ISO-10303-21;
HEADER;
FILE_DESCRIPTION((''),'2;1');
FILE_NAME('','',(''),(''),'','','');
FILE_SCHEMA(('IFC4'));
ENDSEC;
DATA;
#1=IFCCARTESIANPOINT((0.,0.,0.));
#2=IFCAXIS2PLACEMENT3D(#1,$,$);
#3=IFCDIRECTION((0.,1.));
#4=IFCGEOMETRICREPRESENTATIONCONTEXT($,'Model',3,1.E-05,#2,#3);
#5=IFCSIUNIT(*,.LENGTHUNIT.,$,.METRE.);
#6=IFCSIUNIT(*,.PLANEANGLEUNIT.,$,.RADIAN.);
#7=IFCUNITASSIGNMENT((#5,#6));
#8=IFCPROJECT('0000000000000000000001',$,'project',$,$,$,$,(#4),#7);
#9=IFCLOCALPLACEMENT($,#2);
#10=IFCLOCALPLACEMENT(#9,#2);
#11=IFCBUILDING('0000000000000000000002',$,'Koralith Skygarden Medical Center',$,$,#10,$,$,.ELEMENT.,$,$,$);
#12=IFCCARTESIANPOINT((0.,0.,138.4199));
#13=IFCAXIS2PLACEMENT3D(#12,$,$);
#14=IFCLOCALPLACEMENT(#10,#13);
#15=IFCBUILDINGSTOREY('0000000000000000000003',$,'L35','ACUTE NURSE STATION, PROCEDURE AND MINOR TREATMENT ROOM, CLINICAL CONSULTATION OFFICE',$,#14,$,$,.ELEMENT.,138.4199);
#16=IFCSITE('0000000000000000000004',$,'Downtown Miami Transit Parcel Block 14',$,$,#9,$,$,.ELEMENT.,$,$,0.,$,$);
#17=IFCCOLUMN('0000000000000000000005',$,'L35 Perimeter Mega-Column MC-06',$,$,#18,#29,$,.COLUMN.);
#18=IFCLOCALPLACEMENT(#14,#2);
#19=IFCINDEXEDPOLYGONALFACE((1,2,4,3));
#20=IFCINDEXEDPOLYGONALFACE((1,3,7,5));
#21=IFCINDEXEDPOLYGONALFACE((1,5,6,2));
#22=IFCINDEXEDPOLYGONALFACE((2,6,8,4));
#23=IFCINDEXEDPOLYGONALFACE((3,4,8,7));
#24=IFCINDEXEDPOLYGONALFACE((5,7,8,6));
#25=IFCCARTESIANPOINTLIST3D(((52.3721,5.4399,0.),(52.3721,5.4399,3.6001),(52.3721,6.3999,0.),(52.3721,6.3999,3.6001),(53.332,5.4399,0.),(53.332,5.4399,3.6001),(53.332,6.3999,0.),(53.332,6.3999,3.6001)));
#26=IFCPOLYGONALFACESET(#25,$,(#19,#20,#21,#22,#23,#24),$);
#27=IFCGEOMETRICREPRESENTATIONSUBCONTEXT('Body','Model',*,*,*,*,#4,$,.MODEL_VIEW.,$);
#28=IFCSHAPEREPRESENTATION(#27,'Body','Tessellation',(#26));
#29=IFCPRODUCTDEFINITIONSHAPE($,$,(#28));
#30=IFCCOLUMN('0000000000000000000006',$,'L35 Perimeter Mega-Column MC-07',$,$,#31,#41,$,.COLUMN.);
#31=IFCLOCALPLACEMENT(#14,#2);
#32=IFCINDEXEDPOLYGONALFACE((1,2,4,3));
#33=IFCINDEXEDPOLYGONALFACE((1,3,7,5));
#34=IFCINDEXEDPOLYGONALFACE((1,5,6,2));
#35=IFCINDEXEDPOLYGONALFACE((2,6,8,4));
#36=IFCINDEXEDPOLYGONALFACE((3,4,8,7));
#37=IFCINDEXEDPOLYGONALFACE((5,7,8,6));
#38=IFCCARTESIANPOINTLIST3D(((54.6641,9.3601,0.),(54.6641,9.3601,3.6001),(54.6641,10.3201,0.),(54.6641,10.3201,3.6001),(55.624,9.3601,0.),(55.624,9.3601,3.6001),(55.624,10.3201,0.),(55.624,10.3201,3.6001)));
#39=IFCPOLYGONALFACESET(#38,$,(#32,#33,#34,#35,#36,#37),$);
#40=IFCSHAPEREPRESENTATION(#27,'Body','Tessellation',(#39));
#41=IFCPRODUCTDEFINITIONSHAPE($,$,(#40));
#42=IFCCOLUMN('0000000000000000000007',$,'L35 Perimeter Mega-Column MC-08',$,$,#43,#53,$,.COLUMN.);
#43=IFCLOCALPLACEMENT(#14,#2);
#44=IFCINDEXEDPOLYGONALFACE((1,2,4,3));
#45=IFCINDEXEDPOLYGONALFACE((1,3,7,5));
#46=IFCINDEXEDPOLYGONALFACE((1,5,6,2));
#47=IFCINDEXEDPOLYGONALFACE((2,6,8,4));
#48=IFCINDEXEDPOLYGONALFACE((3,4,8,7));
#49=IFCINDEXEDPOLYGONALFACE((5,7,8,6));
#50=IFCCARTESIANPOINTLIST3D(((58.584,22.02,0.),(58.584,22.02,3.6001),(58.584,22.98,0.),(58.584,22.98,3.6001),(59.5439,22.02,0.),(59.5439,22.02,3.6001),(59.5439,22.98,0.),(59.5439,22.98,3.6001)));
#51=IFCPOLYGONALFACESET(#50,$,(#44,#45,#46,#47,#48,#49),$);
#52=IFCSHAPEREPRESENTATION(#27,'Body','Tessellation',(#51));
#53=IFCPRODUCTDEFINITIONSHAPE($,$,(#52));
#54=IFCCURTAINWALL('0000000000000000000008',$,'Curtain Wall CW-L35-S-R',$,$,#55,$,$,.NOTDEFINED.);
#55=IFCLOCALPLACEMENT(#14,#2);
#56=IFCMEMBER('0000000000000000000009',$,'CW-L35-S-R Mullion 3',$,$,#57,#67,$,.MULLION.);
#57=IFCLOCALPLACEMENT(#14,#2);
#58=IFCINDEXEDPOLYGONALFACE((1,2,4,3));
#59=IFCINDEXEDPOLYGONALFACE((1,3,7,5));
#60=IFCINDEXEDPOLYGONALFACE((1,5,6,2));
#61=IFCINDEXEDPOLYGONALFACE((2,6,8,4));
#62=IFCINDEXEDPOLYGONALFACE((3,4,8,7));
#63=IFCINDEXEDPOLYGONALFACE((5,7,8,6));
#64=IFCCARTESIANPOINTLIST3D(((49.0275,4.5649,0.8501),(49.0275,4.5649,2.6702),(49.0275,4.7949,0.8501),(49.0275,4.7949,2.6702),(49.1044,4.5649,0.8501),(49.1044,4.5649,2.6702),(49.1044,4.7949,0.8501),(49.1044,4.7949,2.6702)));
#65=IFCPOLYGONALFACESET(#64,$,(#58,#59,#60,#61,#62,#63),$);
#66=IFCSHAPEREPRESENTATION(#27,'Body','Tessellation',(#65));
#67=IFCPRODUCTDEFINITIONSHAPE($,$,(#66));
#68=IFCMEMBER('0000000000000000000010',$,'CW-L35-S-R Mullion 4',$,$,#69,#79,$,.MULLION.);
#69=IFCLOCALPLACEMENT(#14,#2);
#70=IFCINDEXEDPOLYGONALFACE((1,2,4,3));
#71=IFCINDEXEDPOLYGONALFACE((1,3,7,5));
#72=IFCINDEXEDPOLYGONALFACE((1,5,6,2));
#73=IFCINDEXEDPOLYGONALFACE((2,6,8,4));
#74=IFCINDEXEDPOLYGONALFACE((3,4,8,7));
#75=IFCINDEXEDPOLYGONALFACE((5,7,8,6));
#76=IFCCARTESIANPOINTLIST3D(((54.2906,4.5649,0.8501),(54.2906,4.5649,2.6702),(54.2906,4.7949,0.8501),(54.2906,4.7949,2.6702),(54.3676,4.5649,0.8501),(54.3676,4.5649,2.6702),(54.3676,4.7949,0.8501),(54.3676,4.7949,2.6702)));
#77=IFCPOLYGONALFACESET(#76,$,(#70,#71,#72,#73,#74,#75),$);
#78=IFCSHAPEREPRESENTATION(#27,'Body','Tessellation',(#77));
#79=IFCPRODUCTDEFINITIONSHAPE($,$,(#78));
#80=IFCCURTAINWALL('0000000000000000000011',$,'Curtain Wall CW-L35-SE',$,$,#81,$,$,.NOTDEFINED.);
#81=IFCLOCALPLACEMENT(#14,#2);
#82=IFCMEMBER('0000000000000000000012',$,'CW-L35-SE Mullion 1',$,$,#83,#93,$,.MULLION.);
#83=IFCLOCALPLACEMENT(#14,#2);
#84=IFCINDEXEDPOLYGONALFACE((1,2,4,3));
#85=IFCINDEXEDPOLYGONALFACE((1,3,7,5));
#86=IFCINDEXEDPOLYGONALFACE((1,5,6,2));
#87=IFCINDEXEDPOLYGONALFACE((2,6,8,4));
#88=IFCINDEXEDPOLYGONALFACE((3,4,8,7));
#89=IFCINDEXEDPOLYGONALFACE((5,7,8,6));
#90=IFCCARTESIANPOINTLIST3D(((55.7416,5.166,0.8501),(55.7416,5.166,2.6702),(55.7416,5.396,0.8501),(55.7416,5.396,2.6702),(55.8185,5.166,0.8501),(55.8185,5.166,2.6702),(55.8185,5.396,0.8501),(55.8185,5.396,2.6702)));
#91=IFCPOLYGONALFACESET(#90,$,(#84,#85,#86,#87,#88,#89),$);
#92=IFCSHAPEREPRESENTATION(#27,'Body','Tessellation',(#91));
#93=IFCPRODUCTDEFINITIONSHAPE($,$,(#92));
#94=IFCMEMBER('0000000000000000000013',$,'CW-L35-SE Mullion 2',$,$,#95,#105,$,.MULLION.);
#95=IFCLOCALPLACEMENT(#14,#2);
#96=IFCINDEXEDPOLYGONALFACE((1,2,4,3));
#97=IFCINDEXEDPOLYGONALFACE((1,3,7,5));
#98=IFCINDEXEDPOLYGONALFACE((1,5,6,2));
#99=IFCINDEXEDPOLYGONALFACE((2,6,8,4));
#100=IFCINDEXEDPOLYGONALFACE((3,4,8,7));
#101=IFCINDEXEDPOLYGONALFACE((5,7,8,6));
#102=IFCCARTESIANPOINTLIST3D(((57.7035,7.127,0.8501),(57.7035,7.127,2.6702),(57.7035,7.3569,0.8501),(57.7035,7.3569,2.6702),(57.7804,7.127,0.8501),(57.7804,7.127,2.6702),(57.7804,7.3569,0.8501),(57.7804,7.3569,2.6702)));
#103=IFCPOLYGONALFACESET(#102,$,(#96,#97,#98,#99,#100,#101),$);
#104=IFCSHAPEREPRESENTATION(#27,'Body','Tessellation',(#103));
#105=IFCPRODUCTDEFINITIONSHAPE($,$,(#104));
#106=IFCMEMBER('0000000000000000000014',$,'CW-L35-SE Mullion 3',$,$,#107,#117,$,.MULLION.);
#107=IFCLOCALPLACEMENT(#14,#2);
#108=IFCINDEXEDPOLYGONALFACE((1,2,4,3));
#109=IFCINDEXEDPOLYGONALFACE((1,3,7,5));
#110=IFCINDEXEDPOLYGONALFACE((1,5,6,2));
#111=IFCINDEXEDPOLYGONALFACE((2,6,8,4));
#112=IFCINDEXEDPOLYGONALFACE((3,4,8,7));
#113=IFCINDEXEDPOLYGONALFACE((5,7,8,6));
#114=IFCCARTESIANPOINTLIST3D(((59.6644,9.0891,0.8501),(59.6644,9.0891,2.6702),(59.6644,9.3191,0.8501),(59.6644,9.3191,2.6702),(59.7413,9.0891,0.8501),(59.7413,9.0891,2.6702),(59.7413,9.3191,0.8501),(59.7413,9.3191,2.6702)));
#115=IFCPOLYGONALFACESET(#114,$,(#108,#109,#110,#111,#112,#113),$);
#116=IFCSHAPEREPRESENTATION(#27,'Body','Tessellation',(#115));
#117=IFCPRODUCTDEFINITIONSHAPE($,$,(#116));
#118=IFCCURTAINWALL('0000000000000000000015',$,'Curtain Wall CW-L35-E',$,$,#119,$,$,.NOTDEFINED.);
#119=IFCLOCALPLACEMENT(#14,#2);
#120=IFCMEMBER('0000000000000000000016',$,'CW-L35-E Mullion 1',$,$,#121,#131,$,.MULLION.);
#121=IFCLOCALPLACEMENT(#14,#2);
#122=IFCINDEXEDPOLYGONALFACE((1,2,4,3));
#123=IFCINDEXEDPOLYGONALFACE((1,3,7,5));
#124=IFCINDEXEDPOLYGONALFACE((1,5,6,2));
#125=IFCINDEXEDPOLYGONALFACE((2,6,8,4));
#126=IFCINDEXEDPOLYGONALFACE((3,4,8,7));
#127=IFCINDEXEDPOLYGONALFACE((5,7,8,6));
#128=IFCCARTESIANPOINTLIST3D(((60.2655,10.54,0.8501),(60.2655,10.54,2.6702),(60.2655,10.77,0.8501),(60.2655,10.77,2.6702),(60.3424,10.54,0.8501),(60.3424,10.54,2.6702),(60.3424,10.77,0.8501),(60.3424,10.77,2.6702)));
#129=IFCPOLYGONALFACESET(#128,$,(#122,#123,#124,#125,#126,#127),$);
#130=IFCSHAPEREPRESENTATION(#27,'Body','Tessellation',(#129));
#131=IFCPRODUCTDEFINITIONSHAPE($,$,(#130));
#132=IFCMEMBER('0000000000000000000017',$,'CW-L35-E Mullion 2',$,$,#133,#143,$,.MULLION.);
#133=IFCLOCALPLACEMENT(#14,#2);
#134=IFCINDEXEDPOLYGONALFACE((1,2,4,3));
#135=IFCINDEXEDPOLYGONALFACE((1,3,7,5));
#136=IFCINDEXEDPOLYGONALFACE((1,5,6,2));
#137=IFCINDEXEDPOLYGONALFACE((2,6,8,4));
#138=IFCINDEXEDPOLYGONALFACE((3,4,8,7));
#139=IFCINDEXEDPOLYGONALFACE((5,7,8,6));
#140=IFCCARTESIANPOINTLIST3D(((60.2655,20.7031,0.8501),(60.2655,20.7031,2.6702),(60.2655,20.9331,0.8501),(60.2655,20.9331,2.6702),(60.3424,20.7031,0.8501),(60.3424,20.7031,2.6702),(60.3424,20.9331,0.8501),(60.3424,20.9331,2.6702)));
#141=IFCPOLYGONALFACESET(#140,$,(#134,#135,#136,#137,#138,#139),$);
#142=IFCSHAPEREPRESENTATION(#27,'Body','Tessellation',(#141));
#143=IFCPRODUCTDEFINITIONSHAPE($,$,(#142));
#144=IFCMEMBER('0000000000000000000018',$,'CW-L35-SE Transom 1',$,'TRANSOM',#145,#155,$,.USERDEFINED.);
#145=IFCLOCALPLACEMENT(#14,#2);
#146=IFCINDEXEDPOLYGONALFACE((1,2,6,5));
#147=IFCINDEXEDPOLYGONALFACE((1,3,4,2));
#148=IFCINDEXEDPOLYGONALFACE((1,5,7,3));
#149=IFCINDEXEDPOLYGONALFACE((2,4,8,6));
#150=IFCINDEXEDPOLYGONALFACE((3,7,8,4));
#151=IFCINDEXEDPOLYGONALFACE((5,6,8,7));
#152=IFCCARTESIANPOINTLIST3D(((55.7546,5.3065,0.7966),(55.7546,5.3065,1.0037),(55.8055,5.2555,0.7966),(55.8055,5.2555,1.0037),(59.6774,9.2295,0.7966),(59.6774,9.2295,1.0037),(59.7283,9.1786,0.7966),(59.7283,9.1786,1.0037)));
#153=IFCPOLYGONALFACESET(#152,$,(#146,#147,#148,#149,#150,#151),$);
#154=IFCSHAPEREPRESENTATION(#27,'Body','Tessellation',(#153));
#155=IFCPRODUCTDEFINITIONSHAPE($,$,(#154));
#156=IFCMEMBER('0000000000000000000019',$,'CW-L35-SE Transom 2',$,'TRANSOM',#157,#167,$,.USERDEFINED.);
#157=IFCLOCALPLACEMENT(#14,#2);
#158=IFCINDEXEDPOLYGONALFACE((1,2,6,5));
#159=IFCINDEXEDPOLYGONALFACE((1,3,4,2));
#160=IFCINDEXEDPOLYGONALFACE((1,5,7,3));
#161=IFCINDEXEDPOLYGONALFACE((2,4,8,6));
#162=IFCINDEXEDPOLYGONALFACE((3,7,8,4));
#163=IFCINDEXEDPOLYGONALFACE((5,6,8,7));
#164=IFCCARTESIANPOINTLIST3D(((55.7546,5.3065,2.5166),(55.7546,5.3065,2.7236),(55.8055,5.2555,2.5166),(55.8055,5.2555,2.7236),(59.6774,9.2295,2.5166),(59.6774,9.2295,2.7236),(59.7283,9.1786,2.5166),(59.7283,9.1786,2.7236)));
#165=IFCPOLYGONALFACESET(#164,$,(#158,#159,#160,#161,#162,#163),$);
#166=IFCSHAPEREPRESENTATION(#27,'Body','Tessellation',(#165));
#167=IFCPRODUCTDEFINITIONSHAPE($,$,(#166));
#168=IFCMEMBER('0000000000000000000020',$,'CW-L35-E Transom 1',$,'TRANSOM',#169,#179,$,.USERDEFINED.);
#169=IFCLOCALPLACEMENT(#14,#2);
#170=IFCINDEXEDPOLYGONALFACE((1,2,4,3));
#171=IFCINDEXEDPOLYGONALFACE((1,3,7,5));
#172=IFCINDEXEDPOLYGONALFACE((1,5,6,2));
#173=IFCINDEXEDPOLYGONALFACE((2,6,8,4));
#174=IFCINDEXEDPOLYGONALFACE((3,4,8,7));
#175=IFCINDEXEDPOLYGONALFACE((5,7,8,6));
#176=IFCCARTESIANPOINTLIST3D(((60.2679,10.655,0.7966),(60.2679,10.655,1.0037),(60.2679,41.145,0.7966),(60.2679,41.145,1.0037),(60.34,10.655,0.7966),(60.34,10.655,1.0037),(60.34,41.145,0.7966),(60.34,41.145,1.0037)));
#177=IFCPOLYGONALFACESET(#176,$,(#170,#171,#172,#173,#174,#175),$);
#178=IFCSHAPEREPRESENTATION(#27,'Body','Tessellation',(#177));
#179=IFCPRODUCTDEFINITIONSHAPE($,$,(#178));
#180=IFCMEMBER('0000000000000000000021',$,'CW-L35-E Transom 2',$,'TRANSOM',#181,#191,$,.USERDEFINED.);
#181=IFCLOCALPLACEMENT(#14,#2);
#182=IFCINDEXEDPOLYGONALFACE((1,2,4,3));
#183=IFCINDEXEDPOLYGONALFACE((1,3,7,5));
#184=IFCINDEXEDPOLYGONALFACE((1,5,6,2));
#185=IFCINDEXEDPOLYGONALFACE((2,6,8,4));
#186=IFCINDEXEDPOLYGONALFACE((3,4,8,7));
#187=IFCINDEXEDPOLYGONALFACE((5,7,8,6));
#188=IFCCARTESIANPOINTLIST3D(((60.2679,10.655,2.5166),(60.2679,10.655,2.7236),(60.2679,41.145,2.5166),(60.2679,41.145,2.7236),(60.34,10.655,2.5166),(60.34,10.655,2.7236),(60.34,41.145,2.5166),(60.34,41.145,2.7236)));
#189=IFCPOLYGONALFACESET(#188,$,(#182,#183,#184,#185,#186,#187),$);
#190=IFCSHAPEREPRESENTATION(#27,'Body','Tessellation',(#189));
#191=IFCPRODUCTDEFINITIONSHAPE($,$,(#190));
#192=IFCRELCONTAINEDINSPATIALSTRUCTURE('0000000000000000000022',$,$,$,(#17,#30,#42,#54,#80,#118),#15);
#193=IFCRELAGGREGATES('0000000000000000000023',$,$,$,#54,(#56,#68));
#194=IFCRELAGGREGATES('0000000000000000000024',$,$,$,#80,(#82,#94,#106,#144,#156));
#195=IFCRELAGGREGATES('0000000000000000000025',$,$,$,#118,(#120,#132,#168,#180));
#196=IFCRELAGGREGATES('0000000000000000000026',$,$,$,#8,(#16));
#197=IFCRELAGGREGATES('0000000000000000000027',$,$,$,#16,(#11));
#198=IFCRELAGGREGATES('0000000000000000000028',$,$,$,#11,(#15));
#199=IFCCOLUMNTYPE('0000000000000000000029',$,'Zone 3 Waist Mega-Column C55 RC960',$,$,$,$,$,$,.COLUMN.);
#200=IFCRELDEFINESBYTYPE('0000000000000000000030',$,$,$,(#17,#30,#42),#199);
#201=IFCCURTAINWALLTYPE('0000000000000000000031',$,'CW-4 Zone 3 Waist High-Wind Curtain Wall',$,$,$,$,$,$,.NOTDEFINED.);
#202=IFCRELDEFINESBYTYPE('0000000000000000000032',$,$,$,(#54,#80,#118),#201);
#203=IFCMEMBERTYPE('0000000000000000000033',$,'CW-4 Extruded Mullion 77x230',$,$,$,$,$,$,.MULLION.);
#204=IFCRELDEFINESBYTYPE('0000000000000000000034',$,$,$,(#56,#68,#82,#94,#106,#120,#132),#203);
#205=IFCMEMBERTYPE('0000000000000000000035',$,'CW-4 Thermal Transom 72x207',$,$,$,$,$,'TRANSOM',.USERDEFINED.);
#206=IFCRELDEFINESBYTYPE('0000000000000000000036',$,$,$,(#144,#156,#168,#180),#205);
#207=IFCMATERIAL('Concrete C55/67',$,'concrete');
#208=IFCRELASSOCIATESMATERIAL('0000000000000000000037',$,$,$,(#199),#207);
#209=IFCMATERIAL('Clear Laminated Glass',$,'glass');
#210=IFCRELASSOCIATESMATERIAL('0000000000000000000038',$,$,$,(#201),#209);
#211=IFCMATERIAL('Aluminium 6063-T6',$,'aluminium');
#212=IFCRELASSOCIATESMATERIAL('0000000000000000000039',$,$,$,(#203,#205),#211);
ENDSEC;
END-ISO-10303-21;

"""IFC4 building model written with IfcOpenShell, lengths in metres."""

from ifc_helpers import new_model, si_unit, direction, frame, origin, origin_2d, place, context, subcontext, project, spatial, rectangle, extrude, material, material_profile, profile_set, type_object, element, aggregate, save


model = new_model("IFC4")

# Units and contexts
model_context = context("Model", 3, precision=1e-05, world=origin(), true_north=direction((0.0, 1.0)))
body_context = subcontext(model_context, "Body", "Model", "MODEL_VIEW")
ifc_project = project(units=[si_unit("LENGTHUNIT", "METRE"), si_unit("PLANEANGLEUNIT", "RADIAN")], contexts=[model_context])

# Site, building, storey
site_placement = place(None, origin())
site = spatial("IfcSite", under=ifc_project, at=site_placement, Name="Downtown Miami Transit Parcel Block 14", CompositionType="ELEMENT", RefElevation=0.0)
building_placement = place(site_placement, origin())
building = spatial("IfcBuilding", under=site, at=building_placement, Name="Koralith Skygarden Medical Center", CompositionType="ELEMENT")
storey_placement = place(building_placement, frame((0.0, 0.0, 138.4199)))
storey = spatial("IfcBuildingStorey", under=building, at=storey_placement, Name="L35", Description="ACUTE NURSE STATION, PROCEDURE AND MINOR TREATMENT ROOM, CLINICAL CONSULTATION OFFICE", CompositionType="ELEMENT", Elevation=138.4199)

# Columns
ifc_material_1 = material(Name="Concrete C55/67", Category="concrete")
ifc_material_profile_1 = material_profile(ifc_material_1, rectangle(XDim=0.96, YDim=0.96, at=origin_2d()), Name="RC960X960")
ifc_profile_set_1 = profile_set([ifc_material_profile_1], Name="Concrete C55/67")
column_type = type_object("IfcColumnType", Name="Zone 3 Waist Mega-Column C55 RC960", PredefinedType="COLUMN", material=ifc_profile_set_1)
for number, where, z_axis, x_axis, name in (
    (1, (52.8521, 5.9199, 0.0), (0.0, 0.0, 1.0), (1.0, 0.0, 0.0), "L35 Perimeter Mega-Column MC-06"),
    (2, (55.144, 9.8401, 0.0), (0.0, 0.0, 1.0), (1.0, 0.0, 0.0), "L35 Perimeter Mega-Column MC-07"),
    (3, (59.064, 22.5, 0.0), (0.0, 0.0, 1.0), (1.0, 0.0, 0.0), "L35 Perimeter Mega-Column MC-08"),
):
    element("IfcColumn", number, at=place(storey_placement, frame(where, z_axis=z_axis, x_axis=x_axis)), inside=storey, type_object=column_type, Name=name, PredefinedType="COLUMN", context=body_context, shape_type="SweptSolid", body=[
        extrude(rectangle(XDim=0.96, YDim=0.96, at=origin_2d()), origin(), (0.0, 0.0, 1.0), 3.6001),
    ])

# Curtain walls, members
ifc_material_2 = material(Name="Clear Laminated Glass", Category="glass")
curtain_wall_type = type_object("IfcCurtainWallType", Name="CW-4 Zone 3 Waist High-Wind Curtain Wall", PredefinedType="NOTDEFINED", material=ifc_material_2)
curtain_wall_1_placement = place(storey_placement, origin())
curtain_wall_1 = element("IfcCurtainWall", 4, at=curtain_wall_1_placement, inside=storey, type_object=curtain_wall_type, Name="Curtain Wall CW-L35-S-R", PredefinedType="NOTDEFINED")
ifc_material_3 = material(Name="Aluminium 6063-T6", Category="aluminium")
ifc_material_profile_2 = material_profile(ifc_material_3, rectangle(XDim=0.0769, YDim=0.23, at=origin_2d()), Name="MUL77X230")
ifc_profile_set_2 = profile_set([ifc_material_profile_2], Name="Aluminium 6063-T6")
member_type_1 = type_object("IfcMemberType", Name="CW-4 Extruded Mullion 77x230", PredefinedType="MULLION", material=ifc_profile_set_2)
member_1_placement = place(storey_placement, frame((49.0659, 4.6799, 0.8501), z_axis=(0.0, 0.0, 1.0), x_axis=(1.0, 0.0, 0.0)))
member_1 = element("IfcMember", 5, at=member_1_placement, type_object=member_type_1, Name="CW-L35-S-R Mullion 3", PredefinedType="MULLION", context=body_context, shape_type="SweptSolid", body=[
    extrude(rectangle(XDim=0.0769, YDim=0.23, at=origin_2d()), origin(), (0.0, 0.0, 1.0), 1.8201),
])
member_2_placement = place(storey_placement, frame((54.3291, 4.6799, 0.8501), z_axis=(0.0, 0.0, 1.0), x_axis=(1.0, 0.0, 0.0)))
member_2 = element("IfcMember", 6, at=member_2_placement, type_object=member_type_1, Name="CW-L35-S-R Mullion 4", PredefinedType="MULLION", context=body_context, shape_type="SweptSolid", body=[
    extrude(rectangle(XDim=0.0769, YDim=0.23, at=origin_2d()), origin(), (0.0, 0.0, 1.0), 1.8201),
])
curtain_wall_2_placement = place(storey_placement, origin())
curtain_wall_2 = element("IfcCurtainWall", 7, at=curtain_wall_2_placement, inside=storey, type_object=curtain_wall_type, Name="Curtain Wall CW-L35-SE", PredefinedType="NOTDEFINED")
member_3_placement = place(storey_placement, frame((55.78, 5.281, 0.8501), z_axis=(0.0, 0.0, 1.0), x_axis=(1.0, 0.0, 0.0)))
member_3 = element("IfcMember", 8, at=member_3_placement, type_object=member_type_1, Name="CW-L35-SE Mullion 1", PredefinedType="MULLION", context=body_context, shape_type="SweptSolid", body=[
    extrude(rectangle(XDim=0.0769, YDim=0.23, at=origin_2d()), origin(), (0.0, 0.0, 1.0), 1.8201),
])
member_4_placement = place(storey_placement, frame((57.7419, 7.2419, 0.8501), z_axis=(0.0, 0.0, 1.0), x_axis=(1.0, 0.0, 0.0)))
member_4 = element("IfcMember", 9, at=member_4_placement, type_object=member_type_1, Name="CW-L35-SE Mullion 2", PredefinedType="MULLION", context=body_context, shape_type="SweptSolid", body=[
    extrude(rectangle(XDim=0.0769, YDim=0.23, at=origin_2d()), origin(), (0.0, 0.0, 1.0), 1.8201),
])
member_5_placement = place(storey_placement, frame((59.7029, 9.2041, 0.8501), z_axis=(0.0, 0.0, 1.0), x_axis=(1.0, 0.0, 0.0)))
member_5 = element("IfcMember", 10, at=member_5_placement, type_object=member_type_1, Name="CW-L35-SE Mullion 3", PredefinedType="MULLION", context=body_context, shape_type="SweptSolid", body=[
    extrude(rectangle(XDim=0.0769, YDim=0.23, at=origin_2d()), origin(), (0.0, 0.0, 1.0), 1.8201),
])
curtain_wall_3_placement = place(storey_placement, origin())
curtain_wall_3 = element("IfcCurtainWall", 11, at=curtain_wall_3_placement, inside=storey, type_object=curtain_wall_type, Name="Curtain Wall CW-L35-E", PredefinedType="NOTDEFINED")
member_6_placement = place(storey_placement, frame((60.304, 10.655, 0.8501), z_axis=(0.0, 0.0, 1.0), x_axis=(1.0, 0.0, 0.0)))
member_6 = element("IfcMember", 12, at=member_6_placement, type_object=member_type_1, Name="CW-L35-E Mullion 1", PredefinedType="MULLION", context=body_context, shape_type="SweptSolid", body=[
    extrude(rectangle(XDim=0.0769, YDim=0.23, at=origin_2d()), origin(), (0.0, 0.0, 1.0), 1.8201),
])
member_7_placement = place(storey_placement, frame((60.304, 20.8181, 0.8501), z_axis=(0.0, 0.0, 1.0), x_axis=(1.0, 0.0, 0.0)))
member_7 = element("IfcMember", 13, at=member_7_placement, type_object=member_type_1, Name="CW-L35-E Mullion 2", PredefinedType="MULLION", context=body_context, shape_type="SweptSolid", body=[
    extrude(rectangle(XDim=0.0769, YDim=0.23, at=origin_2d()), origin(), (0.0, 0.0, 1.0), 1.8201),
])

# Members
ifc_material_profile_3 = material_profile(ifc_material_3, rectangle(XDim=0.072, YDim=0.207, at=origin_2d()), Name="TRN72X207")
ifc_profile_set_3 = profile_set([ifc_material_profile_3], Name="Aluminium 6063-T6")
member_type_2 = type_object("IfcMemberType", Name="CW-4 Thermal Transom 72x207", ElementType="TRANSOM", PredefinedType="USERDEFINED", material=ifc_profile_set_3)
member_8_placement = place(storey_placement, frame((55.78, 5.281, 0.9001), z_axis=(0.707085, 0.707129, 0.0), x_axis=(-0.707129, 0.707085, 0.0)))
member_8 = element("IfcMember", 14, at=member_8_placement, type_object=member_type_2, Name="CW-L35-SE Transom 1", ObjectType="TRANSOM", PredefinedType="USERDEFINED", context=body_context, shape_type="SweptSolid", body=[
    extrude(rectangle(XDim=0.072, YDim=0.207, at=origin_2d()), origin(), (0.0, 0.0, 1.0), 5.5479),
])
member_9_placement = place(storey_placement, frame((55.78, 5.281, 2.6201), z_axis=(0.707085, 0.707129, 0.0), x_axis=(-0.707129, 0.707085, 0.0)))
member_9 = element("IfcMember", 15, at=member_9_placement, type_object=member_type_2, Name="CW-L35-SE Transom 2", ObjectType="TRANSOM", PredefinedType="USERDEFINED", context=body_context, shape_type="SweptSolid", body=[
    extrude(rectangle(XDim=0.072, YDim=0.207, at=origin_2d()), origin(), (0.0, 0.0, 1.0), 5.5479),
])
member_10_placement = place(storey_placement, frame((60.304, 10.655, 0.9001), z_axis=(0.0, 1.0, 0.0), x_axis=(-1.0, 0.0, 0.0)))
member_10 = element("IfcMember", 16, at=member_10_placement, type_object=member_type_2, Name="CW-L35-E Transom 1", ObjectType="TRANSOM", PredefinedType="USERDEFINED", context=body_context, shape_type="SweptSolid", body=[
    extrude(rectangle(XDim=0.072, YDim=0.207, at=origin_2d()), origin(), (0.0, 0.0, 1.0), 30.49),
])
member_11_placement = place(storey_placement, frame((60.304, 10.655, 2.6201), z_axis=(0.0, 1.0, 0.0), x_axis=(-1.0, 0.0, 0.0)))
member_11 = element("IfcMember", 17, at=member_11_placement, type_object=member_type_2, Name="CW-L35-E Transom 2", ObjectType="TRANSOM", PredefinedType="USERDEFINED", context=body_context, shape_type="SweptSolid", body=[
    extrude(rectangle(XDim=0.072, YDim=0.207, at=origin_2d()), origin(), (0.0, 0.0, 1.0), 30.49),
])

aggregate(curtain_wall_1, [member_1, member_2])
aggregate(curtain_wall_2, [member_3, member_4, member_5, member_8, member_9])
aggregate(curtain_wall_3, [member_6, member_7, member_10, member_11])

save(model, "model.ifc")
